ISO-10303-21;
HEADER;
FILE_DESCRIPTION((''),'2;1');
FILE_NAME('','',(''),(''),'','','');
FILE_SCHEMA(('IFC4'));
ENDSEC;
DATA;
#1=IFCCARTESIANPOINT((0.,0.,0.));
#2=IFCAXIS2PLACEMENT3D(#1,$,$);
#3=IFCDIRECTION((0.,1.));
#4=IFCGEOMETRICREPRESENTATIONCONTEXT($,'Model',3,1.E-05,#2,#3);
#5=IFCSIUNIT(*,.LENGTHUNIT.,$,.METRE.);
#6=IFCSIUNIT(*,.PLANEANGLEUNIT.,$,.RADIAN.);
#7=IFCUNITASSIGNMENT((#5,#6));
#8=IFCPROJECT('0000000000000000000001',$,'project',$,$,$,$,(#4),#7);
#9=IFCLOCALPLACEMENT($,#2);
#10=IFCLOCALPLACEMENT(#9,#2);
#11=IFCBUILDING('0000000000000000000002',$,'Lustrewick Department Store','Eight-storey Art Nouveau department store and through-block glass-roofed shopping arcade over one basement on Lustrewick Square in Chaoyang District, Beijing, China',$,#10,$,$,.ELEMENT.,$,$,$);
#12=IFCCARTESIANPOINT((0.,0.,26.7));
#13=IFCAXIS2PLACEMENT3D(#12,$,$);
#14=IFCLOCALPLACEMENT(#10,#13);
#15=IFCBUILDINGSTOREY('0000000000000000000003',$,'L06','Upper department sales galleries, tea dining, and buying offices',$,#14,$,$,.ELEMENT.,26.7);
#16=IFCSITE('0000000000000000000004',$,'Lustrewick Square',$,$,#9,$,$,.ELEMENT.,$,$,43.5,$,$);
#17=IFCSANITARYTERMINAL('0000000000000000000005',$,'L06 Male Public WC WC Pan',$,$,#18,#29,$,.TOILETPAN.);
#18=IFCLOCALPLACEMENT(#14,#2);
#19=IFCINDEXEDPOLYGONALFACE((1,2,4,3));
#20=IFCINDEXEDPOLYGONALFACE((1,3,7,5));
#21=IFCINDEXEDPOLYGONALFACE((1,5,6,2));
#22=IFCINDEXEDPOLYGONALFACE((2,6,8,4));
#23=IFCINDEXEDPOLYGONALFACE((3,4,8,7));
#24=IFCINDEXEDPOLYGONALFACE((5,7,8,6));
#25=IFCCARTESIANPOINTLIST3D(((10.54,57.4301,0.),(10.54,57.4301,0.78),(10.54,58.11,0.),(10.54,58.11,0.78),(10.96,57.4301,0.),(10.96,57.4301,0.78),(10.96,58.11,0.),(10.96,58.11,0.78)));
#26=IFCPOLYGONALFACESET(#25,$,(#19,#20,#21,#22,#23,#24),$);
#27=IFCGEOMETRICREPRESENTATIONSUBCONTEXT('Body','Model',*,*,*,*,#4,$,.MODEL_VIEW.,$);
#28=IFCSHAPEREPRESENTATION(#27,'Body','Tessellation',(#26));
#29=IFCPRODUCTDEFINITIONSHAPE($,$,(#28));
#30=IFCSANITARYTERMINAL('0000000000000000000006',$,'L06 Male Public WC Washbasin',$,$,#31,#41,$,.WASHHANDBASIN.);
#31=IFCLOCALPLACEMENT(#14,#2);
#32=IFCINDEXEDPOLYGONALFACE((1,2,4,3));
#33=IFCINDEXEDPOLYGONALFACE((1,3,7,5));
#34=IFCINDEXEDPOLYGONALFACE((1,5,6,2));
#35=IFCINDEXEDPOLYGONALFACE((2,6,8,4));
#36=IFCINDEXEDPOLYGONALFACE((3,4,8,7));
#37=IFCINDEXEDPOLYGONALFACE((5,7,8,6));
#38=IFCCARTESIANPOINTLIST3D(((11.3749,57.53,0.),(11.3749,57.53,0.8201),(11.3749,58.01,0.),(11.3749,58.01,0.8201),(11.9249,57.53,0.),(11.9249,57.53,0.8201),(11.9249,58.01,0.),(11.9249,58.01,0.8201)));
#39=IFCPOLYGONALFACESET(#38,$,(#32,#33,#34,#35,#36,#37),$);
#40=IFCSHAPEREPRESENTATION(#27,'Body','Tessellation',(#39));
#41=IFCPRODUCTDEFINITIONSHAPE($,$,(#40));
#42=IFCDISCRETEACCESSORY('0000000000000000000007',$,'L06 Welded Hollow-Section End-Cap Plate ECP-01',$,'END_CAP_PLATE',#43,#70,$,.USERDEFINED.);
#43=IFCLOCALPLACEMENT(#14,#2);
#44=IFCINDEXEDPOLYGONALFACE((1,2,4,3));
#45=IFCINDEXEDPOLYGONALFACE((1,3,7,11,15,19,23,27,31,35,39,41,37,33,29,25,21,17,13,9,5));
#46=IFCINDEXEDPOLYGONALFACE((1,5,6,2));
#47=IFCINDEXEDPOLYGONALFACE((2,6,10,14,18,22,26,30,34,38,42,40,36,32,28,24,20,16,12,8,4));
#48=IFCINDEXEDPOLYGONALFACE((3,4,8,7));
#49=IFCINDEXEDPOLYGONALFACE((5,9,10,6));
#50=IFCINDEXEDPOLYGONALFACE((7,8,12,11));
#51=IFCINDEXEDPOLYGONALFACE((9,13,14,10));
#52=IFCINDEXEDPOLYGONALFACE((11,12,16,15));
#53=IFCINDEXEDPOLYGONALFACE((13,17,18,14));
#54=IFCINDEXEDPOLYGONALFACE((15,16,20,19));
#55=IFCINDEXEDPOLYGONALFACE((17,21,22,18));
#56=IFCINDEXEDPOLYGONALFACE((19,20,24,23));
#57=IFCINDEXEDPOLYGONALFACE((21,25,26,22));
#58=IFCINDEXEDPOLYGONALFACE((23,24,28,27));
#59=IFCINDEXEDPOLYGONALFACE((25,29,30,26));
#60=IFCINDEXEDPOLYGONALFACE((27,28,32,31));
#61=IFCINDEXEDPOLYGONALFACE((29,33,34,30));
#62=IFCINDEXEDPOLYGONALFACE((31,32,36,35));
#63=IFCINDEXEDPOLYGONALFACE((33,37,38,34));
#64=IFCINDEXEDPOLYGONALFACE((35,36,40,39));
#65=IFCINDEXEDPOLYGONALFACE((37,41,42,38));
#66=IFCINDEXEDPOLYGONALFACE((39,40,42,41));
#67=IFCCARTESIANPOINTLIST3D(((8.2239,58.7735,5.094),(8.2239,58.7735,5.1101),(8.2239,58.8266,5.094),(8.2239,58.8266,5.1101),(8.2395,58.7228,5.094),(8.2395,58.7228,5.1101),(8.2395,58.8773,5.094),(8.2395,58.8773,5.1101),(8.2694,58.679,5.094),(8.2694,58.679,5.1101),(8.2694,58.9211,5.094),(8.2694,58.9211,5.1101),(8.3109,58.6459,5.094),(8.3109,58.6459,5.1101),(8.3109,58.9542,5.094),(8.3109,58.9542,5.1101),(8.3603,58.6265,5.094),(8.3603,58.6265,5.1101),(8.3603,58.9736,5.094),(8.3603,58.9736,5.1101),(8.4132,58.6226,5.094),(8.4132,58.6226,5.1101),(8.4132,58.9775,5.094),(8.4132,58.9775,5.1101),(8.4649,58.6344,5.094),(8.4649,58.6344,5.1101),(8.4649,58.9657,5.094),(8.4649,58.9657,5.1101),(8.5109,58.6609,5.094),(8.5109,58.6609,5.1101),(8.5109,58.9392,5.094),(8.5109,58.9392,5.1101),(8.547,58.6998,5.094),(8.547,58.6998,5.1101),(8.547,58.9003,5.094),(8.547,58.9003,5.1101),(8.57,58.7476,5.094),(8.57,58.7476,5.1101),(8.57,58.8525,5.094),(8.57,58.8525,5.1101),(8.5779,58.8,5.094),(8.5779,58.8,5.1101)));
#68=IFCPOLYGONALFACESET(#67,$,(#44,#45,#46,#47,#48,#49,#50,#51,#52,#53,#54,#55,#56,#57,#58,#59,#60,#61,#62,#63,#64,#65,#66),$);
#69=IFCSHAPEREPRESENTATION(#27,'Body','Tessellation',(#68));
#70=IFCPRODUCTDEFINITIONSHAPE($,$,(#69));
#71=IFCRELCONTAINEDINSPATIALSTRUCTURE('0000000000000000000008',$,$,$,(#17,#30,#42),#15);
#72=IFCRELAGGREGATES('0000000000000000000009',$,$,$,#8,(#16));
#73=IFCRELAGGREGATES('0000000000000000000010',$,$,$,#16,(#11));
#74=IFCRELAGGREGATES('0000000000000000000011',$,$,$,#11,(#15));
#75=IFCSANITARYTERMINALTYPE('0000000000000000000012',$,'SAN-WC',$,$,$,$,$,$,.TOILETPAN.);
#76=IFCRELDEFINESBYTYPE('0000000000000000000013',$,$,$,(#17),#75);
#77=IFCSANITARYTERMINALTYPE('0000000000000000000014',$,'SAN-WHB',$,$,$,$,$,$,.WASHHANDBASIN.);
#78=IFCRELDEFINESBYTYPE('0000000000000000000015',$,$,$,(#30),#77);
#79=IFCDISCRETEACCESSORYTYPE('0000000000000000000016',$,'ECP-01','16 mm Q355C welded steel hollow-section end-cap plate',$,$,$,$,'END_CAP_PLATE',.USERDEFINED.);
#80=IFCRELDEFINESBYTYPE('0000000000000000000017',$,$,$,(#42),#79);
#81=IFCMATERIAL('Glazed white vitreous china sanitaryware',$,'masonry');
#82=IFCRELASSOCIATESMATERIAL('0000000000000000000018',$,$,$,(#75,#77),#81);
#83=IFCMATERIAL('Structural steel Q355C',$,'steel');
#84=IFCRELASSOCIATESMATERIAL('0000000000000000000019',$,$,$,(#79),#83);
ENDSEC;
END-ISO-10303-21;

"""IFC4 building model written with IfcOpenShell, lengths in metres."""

from ifc_helpers import new_model, si_unit, direction, frame, origin, origin_2d, place, context, subcontext, project, spatial, rectangle, circle, extrude, material, type_object, element, save


model = new_model("IFC4")

# Units and contexts
model_context = context("Model", 3, precision=1e-05, world=origin(), true_north=direction((0.0, 1.0)))
body_context = subcontext(model_context, "Body", "Model", "MODEL_VIEW")
ifc_project = project(units=[si_unit("LENGTHUNIT", "METRE"), si_unit("PLANEANGLEUNIT", "RADIAN")], contexts=[model_context])

# Site, building, storey
site_placement = place(None, origin())
site = spatial("IfcSite", under=ifc_project, at=site_placement, Name="Lustrewick Square", CompositionType="ELEMENT", RefElevation=43.5)
building_placement = place(site_placement, origin())
building = spatial("IfcBuilding", under=site, at=building_placement, Name="Lustrewick Department Store", Description="Eight-storey Art Nouveau department store and through-block glass-roofed shopping arcade over one basement on Lustrewick Square in Chaoyang District, Beijing, China", CompositionType="ELEMENT")
storey_placement = place(building_placement, frame((0.0, 0.0, 26.7)))
storey = spatial("IfcBuildingStorey", under=building, at=storey_placement, Name="L06", Description="Upper department sales galleries, tea dining, and buying offices", CompositionType="ELEMENT", Elevation=26.7)

# Shared definitions
ifc_material_1 = material(Name="Structural steel Q355C", Category="steel")

# Sanitary terminals
ifc_material_2 = material(Name="Glazed white vitreous china sanitaryware", Category="masonry")
sanitary_terminal_type_1 = type_object("IfcSanitaryTerminalType", Name="SAN-WC", PredefinedType="TOILETPAN", material=ifc_material_2)
sanitary_terminal_1_placement = place(storey_placement, frame((10.75, 57.77, 0.0), z_axis=(0.0, 0.0, 1.0), x_axis=(1.0, 0.0, 0.0)))
element("IfcSanitaryTerminal", 1, at=sanitary_terminal_1_placement, inside=storey, type_object=sanitary_terminal_type_1, Name="L06 Male Public WC WC Pan", PredefinedType="TOILETPAN", context=body_context, shape_type="SweptSolid", body=[
    extrude(rectangle(XDim=0.4199, YDim=0.6799, at=origin_2d()), origin(), (0.0, 0.0, 1.0), 0.78),
])
sanitary_terminal_type_2 = type_object("IfcSanitaryTerminalType", Name="SAN-WHB", PredefinedType="WASHHANDBASIN", material=ifc_material_2)
sanitary_terminal_2_placement = place(storey_placement, frame((11.6499, 57.77, 0.0), z_axis=(0.0, 0.0, 1.0), x_axis=(1.0, 0.0, 0.0)))
element("IfcSanitaryTerminal", 2, at=sanitary_terminal_2_placement, inside=storey, type_object=sanitary_terminal_type_2, Name="L06 Male Public WC Washbasin", PredefinedType="WASHHANDBASIN", context=body_context, shape_type="SweptSolid", body=[
    extrude(rectangle(XDim=0.55, YDim=0.48, at=origin_2d()), origin(), (0.0, 0.0, 1.0), 0.8201),
])

# Discrete accessory
discrete_accessory_type = type_object("IfcDiscreteAccessoryType", Name="ECP-01", Description="16 mm Q355C welded steel hollow-section end-cap plate", ElementType="END_CAP_PLATE", PredefinedType="USERDEFINED", material=ifc_material_1)
discrete_accessory_placement = place(storey_placement, frame((8.3999, 58.8, 5.094), z_axis=(0.0, 0.0, 1.0), x_axis=(1.0, 0.0, 0.0)))
element("IfcDiscreteAccessory", 3, at=discrete_accessory_placement, inside=storey, type_object=discrete_accessory_type, Name="L06 Welded Hollow-Section End-Cap Plate ECP-01", ObjectType="END_CAP_PLATE", PredefinedType="USERDEFINED", context=body_context, shape_type="SweptSolid", body=[
    extrude(circle(Radius=0.178, at=origin_2d()), origin(), (0.0, 0.0, 1.0), 0.0161),
])

save(model, "model.ifc")
